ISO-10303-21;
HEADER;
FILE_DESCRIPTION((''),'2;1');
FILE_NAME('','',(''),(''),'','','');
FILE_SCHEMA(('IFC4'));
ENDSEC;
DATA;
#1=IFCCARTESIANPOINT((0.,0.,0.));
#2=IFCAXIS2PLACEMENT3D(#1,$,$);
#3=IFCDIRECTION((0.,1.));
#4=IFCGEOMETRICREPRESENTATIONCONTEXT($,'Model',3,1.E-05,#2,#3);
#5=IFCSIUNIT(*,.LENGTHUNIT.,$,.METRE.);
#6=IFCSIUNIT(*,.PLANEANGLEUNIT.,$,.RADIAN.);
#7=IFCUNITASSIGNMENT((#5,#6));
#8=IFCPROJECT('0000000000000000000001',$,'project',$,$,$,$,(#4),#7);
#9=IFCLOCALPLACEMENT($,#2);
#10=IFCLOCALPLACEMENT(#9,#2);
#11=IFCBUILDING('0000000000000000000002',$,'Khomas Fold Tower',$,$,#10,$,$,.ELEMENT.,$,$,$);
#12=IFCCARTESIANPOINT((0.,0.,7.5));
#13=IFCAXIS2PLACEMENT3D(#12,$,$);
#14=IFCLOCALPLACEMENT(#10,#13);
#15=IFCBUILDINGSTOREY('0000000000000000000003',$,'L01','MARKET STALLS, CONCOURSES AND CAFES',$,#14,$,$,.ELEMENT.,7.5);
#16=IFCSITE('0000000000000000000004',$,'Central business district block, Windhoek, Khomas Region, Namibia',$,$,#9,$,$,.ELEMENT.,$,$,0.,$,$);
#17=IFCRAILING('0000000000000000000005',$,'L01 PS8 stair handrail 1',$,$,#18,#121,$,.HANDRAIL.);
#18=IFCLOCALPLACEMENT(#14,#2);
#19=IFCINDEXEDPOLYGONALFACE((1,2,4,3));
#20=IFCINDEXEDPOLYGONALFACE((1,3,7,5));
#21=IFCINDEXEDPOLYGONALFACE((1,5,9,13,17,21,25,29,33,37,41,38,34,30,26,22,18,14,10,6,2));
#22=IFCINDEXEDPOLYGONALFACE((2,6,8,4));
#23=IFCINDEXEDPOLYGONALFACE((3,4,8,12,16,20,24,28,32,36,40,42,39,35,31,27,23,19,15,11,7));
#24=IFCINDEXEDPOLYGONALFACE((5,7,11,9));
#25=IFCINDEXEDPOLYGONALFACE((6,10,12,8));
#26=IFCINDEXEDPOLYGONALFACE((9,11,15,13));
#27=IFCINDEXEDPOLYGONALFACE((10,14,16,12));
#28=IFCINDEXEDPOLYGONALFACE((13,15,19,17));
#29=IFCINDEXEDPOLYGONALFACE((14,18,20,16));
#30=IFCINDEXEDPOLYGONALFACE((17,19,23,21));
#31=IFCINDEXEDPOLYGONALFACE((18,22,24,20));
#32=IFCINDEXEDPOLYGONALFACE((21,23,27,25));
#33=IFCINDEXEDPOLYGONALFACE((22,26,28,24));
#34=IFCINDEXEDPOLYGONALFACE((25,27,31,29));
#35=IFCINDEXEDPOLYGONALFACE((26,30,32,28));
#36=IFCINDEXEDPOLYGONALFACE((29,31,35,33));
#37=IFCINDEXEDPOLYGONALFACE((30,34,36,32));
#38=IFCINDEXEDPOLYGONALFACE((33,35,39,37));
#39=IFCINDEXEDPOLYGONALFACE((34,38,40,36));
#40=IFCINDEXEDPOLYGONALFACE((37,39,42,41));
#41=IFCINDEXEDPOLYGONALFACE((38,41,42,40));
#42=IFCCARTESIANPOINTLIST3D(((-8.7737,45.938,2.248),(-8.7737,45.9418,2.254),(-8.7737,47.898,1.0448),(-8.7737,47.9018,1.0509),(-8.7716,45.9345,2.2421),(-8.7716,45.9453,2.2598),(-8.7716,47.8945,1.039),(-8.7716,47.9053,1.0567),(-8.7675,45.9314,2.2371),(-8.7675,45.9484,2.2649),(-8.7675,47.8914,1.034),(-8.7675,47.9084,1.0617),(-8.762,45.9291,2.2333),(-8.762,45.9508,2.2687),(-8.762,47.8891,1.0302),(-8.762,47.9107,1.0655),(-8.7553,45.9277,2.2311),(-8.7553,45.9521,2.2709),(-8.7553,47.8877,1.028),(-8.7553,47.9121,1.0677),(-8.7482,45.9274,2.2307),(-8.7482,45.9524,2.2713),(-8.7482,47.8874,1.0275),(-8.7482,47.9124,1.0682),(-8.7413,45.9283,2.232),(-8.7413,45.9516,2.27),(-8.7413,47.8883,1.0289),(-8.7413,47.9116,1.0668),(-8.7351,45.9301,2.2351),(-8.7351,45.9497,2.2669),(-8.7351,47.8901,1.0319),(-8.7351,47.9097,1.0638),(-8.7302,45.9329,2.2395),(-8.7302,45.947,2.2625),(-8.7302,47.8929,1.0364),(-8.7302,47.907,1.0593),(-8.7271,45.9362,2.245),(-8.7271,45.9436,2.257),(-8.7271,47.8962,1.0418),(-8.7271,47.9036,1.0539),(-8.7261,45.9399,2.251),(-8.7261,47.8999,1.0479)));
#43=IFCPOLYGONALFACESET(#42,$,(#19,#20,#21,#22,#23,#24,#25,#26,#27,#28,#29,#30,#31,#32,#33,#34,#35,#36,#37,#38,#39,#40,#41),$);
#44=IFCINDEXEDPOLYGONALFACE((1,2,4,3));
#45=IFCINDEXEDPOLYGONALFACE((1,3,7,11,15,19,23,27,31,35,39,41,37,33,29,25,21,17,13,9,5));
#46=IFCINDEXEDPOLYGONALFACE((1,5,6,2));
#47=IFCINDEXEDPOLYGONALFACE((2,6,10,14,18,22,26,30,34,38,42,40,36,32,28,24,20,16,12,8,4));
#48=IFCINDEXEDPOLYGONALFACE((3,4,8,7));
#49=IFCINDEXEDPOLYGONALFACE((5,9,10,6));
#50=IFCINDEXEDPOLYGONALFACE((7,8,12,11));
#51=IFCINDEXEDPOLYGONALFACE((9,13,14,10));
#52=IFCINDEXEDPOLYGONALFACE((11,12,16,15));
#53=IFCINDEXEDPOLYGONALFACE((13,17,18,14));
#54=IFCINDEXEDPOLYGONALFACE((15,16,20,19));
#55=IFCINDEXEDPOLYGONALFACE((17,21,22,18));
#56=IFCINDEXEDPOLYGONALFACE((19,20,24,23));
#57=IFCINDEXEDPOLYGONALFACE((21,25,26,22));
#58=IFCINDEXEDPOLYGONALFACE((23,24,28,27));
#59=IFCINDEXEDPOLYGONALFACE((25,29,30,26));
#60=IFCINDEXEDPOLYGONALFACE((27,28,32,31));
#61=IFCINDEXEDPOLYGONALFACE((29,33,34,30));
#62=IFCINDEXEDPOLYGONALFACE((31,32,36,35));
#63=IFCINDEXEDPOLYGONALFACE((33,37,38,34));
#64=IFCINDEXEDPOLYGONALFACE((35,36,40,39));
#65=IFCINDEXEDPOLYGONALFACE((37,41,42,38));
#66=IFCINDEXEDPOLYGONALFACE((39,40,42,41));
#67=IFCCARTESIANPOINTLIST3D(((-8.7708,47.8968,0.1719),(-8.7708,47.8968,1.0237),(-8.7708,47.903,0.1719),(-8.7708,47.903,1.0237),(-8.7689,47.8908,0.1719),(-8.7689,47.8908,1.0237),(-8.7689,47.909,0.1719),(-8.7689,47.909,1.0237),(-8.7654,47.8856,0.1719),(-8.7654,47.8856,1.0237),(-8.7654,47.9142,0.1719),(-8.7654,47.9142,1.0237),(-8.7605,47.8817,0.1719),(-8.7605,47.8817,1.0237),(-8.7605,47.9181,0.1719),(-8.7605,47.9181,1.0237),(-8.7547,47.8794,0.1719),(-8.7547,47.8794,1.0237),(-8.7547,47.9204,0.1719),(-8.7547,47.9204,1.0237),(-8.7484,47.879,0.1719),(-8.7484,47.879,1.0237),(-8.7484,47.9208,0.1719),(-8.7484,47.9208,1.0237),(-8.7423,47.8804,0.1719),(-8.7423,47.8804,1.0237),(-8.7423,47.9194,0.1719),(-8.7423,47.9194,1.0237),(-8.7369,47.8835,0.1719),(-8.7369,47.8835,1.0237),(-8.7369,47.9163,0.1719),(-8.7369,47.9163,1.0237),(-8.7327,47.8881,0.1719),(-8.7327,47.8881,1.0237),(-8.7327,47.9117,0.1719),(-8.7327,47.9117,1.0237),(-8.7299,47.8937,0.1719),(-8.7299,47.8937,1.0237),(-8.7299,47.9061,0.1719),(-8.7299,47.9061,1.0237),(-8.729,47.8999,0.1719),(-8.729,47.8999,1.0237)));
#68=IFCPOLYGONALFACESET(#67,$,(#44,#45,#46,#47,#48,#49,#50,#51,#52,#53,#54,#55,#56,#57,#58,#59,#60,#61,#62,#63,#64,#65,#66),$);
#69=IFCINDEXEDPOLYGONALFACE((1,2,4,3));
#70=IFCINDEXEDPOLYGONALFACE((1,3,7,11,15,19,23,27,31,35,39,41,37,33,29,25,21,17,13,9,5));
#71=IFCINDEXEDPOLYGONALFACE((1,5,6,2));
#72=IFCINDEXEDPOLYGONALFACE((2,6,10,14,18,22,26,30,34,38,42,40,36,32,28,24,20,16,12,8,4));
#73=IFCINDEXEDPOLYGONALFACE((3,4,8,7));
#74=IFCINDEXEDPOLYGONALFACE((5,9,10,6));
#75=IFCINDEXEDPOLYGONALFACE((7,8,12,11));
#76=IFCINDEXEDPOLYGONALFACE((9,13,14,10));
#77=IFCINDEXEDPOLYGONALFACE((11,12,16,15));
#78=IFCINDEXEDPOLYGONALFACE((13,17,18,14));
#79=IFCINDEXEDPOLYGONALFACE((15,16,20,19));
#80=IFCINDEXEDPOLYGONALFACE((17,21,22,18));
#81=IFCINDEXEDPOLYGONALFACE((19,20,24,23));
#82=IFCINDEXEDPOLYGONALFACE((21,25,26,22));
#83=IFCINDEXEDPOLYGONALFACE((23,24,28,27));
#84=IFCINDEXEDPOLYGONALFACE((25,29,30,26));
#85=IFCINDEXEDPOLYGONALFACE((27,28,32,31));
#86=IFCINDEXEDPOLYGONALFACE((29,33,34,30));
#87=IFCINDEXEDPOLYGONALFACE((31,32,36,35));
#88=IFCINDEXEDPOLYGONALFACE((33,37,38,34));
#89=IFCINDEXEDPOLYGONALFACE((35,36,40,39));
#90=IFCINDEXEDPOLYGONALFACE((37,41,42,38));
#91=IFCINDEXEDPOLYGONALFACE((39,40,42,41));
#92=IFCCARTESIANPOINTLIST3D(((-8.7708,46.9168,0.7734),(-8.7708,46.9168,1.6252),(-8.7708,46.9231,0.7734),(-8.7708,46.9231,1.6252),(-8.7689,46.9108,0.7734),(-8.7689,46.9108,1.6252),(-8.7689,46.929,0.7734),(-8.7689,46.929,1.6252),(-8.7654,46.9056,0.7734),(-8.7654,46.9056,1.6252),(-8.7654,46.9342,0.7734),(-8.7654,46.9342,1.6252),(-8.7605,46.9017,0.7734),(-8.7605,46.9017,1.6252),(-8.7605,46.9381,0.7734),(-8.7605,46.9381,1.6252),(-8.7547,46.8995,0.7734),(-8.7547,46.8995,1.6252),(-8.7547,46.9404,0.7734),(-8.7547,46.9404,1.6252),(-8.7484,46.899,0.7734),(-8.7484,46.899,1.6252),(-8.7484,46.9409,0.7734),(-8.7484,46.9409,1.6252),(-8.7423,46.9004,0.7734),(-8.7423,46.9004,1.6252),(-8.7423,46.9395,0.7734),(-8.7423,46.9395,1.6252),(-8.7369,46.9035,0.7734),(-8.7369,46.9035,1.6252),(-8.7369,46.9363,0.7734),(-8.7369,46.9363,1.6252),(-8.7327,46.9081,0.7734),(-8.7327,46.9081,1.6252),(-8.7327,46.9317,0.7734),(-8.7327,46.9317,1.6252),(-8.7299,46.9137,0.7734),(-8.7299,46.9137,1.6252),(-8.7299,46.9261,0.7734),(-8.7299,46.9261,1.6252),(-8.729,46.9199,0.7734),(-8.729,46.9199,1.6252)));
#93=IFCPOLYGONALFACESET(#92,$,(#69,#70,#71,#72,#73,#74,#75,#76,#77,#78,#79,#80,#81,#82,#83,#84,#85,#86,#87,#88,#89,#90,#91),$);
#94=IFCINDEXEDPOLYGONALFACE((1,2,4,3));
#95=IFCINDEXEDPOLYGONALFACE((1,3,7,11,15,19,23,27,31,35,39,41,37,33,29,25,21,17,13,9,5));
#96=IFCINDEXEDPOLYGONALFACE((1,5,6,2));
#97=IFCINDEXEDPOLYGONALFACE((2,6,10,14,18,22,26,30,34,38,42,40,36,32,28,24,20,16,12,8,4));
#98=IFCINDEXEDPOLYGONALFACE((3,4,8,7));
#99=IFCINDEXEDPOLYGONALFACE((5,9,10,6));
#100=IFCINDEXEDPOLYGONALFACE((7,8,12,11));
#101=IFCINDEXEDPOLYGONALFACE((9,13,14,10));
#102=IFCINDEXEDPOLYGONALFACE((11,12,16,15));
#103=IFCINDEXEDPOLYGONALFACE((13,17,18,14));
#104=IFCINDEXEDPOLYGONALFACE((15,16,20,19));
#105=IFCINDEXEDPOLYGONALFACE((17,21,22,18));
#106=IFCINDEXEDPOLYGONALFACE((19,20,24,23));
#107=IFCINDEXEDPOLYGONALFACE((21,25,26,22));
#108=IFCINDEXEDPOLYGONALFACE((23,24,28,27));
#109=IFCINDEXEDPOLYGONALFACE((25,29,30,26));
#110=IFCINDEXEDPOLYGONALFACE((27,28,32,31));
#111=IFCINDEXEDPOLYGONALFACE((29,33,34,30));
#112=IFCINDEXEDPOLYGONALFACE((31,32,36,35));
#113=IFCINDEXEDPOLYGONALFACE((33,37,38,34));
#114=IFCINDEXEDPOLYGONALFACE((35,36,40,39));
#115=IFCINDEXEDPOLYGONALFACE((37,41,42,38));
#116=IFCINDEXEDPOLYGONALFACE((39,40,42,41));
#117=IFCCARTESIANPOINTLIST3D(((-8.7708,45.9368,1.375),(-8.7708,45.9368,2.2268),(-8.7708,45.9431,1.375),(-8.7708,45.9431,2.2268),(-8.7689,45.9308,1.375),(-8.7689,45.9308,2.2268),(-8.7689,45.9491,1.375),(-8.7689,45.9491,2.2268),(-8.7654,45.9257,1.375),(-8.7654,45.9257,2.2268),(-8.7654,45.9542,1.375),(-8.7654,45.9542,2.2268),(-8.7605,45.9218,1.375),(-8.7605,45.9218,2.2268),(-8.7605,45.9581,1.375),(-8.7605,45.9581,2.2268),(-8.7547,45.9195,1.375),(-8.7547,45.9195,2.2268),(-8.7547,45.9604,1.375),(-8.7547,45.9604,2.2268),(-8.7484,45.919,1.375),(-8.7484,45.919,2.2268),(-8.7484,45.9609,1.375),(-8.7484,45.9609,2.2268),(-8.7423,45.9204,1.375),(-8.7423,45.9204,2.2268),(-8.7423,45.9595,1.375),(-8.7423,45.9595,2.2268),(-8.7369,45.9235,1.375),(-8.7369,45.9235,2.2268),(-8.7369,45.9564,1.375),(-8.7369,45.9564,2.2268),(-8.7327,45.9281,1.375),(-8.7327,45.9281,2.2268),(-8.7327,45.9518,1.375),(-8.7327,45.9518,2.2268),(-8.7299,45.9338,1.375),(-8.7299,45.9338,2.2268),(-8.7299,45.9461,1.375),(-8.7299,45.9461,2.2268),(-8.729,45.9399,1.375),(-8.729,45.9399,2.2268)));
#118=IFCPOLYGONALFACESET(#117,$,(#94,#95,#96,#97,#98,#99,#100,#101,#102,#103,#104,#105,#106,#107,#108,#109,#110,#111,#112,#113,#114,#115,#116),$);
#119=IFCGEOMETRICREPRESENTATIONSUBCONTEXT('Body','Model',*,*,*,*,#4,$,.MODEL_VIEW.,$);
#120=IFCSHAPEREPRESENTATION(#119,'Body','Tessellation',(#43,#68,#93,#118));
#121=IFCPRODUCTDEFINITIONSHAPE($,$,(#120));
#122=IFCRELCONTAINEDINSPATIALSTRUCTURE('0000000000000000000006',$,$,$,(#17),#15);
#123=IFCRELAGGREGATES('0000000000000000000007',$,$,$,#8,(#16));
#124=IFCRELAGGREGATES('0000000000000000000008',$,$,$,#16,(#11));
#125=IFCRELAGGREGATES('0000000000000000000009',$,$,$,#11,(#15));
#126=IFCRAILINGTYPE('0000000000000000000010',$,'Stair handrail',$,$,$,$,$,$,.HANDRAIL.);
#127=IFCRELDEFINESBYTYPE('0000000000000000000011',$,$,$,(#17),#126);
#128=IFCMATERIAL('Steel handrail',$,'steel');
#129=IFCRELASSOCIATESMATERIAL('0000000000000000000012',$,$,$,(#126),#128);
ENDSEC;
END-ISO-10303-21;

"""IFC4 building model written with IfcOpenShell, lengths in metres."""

from ifc_helpers import new_model, si_unit, direction, frame, origin, origin_2d, place, context, subcontext, project, spatial, circle, extrude, source, transform, mapped, material, type_object, element, save


model = new_model("IFC4")

# Units and contexts
model_context = context("Model", 3, precision=1e-05, world=origin(), true_north=direction((0.0, 1.0)))
body_context = subcontext(model_context, "Body", "Model", "MODEL_VIEW")
ifc_project = project(units=[si_unit("LENGTHUNIT", "METRE"), si_unit("PLANEANGLEUNIT", "RADIAN")], contexts=[model_context])

# Site, building, storey
site_placement = place(None, origin())
site = spatial("IfcSite", under=ifc_project, at=site_placement, Name="Central business district block, Windhoek, Khomas Region, Namibia", CompositionType="ELEMENT", RefElevation=0.0)
building_placement = place(site_placement, origin())
building = spatial("IfcBuilding", under=site, at=building_placement, Name="Khomas Fold Tower", CompositionType="ELEMENT")
storey_placement = place(building_placement, frame((0.0, 0.0, 7.5)))
storey = spatial("IfcBuildingStorey", under=building, at=storey_placement, Name="L01", Description="MARKET STALLS, CONCOURSES AND CAFES", CompositionType="ELEMENT", Elevation=7.5)

# Railing
ifc_material_1 = material(Name="Steel handrail", Category="steel")
railing_type_1 = type_object("IfcRailingType", Name="Stair handrail", PredefinedType="HANDRAIL", material=ifc_material_1)
shared_shape_1 = source(origin(), body_context, "Body", "SweptSolid", [
    extrude(circle(Radius=0.0239, at=origin_2d()), frame((0.0, 0.0, 0.876), z_axis=(0.0, -0.852241, 0.523149), x_axis=(1.0, 0.0, 0.0)), (0.0, 0.0, 1.0), 2.2998),
    extrude(circle(Radius=0.021, at=origin_2d()), origin(), (0.0, 0.0, 1.0), 0.8518),
    extrude(circle(Radius=0.021, at=origin_2d()), frame((0.0, -0.98, 0.6016)), (0.0, 0.0, 1.0), 0.8518),
    extrude(circle(Radius=0.021, at=origin_2d()), frame((0.0, -1.96, 1.2031)), (0.0, 0.0, 1.0), 0.8518),
])
for number, where, name in (
    (1, (-8.75, 47.8999, 0.1719), "L01 PS8 stair handrail 1"),
):
    element("IfcRailing", number, at=place(storey_placement, frame(where)), inside=storey, type_object=railing_type_1, Name=name, PredefinedType="HANDRAIL", context=body_context, shape_type="MappedRepresentation", body=[
        mapped(shared_shape_1, transform((0.0, 0.0, 0.0))),
    ])

save(model, "model.ifc")
